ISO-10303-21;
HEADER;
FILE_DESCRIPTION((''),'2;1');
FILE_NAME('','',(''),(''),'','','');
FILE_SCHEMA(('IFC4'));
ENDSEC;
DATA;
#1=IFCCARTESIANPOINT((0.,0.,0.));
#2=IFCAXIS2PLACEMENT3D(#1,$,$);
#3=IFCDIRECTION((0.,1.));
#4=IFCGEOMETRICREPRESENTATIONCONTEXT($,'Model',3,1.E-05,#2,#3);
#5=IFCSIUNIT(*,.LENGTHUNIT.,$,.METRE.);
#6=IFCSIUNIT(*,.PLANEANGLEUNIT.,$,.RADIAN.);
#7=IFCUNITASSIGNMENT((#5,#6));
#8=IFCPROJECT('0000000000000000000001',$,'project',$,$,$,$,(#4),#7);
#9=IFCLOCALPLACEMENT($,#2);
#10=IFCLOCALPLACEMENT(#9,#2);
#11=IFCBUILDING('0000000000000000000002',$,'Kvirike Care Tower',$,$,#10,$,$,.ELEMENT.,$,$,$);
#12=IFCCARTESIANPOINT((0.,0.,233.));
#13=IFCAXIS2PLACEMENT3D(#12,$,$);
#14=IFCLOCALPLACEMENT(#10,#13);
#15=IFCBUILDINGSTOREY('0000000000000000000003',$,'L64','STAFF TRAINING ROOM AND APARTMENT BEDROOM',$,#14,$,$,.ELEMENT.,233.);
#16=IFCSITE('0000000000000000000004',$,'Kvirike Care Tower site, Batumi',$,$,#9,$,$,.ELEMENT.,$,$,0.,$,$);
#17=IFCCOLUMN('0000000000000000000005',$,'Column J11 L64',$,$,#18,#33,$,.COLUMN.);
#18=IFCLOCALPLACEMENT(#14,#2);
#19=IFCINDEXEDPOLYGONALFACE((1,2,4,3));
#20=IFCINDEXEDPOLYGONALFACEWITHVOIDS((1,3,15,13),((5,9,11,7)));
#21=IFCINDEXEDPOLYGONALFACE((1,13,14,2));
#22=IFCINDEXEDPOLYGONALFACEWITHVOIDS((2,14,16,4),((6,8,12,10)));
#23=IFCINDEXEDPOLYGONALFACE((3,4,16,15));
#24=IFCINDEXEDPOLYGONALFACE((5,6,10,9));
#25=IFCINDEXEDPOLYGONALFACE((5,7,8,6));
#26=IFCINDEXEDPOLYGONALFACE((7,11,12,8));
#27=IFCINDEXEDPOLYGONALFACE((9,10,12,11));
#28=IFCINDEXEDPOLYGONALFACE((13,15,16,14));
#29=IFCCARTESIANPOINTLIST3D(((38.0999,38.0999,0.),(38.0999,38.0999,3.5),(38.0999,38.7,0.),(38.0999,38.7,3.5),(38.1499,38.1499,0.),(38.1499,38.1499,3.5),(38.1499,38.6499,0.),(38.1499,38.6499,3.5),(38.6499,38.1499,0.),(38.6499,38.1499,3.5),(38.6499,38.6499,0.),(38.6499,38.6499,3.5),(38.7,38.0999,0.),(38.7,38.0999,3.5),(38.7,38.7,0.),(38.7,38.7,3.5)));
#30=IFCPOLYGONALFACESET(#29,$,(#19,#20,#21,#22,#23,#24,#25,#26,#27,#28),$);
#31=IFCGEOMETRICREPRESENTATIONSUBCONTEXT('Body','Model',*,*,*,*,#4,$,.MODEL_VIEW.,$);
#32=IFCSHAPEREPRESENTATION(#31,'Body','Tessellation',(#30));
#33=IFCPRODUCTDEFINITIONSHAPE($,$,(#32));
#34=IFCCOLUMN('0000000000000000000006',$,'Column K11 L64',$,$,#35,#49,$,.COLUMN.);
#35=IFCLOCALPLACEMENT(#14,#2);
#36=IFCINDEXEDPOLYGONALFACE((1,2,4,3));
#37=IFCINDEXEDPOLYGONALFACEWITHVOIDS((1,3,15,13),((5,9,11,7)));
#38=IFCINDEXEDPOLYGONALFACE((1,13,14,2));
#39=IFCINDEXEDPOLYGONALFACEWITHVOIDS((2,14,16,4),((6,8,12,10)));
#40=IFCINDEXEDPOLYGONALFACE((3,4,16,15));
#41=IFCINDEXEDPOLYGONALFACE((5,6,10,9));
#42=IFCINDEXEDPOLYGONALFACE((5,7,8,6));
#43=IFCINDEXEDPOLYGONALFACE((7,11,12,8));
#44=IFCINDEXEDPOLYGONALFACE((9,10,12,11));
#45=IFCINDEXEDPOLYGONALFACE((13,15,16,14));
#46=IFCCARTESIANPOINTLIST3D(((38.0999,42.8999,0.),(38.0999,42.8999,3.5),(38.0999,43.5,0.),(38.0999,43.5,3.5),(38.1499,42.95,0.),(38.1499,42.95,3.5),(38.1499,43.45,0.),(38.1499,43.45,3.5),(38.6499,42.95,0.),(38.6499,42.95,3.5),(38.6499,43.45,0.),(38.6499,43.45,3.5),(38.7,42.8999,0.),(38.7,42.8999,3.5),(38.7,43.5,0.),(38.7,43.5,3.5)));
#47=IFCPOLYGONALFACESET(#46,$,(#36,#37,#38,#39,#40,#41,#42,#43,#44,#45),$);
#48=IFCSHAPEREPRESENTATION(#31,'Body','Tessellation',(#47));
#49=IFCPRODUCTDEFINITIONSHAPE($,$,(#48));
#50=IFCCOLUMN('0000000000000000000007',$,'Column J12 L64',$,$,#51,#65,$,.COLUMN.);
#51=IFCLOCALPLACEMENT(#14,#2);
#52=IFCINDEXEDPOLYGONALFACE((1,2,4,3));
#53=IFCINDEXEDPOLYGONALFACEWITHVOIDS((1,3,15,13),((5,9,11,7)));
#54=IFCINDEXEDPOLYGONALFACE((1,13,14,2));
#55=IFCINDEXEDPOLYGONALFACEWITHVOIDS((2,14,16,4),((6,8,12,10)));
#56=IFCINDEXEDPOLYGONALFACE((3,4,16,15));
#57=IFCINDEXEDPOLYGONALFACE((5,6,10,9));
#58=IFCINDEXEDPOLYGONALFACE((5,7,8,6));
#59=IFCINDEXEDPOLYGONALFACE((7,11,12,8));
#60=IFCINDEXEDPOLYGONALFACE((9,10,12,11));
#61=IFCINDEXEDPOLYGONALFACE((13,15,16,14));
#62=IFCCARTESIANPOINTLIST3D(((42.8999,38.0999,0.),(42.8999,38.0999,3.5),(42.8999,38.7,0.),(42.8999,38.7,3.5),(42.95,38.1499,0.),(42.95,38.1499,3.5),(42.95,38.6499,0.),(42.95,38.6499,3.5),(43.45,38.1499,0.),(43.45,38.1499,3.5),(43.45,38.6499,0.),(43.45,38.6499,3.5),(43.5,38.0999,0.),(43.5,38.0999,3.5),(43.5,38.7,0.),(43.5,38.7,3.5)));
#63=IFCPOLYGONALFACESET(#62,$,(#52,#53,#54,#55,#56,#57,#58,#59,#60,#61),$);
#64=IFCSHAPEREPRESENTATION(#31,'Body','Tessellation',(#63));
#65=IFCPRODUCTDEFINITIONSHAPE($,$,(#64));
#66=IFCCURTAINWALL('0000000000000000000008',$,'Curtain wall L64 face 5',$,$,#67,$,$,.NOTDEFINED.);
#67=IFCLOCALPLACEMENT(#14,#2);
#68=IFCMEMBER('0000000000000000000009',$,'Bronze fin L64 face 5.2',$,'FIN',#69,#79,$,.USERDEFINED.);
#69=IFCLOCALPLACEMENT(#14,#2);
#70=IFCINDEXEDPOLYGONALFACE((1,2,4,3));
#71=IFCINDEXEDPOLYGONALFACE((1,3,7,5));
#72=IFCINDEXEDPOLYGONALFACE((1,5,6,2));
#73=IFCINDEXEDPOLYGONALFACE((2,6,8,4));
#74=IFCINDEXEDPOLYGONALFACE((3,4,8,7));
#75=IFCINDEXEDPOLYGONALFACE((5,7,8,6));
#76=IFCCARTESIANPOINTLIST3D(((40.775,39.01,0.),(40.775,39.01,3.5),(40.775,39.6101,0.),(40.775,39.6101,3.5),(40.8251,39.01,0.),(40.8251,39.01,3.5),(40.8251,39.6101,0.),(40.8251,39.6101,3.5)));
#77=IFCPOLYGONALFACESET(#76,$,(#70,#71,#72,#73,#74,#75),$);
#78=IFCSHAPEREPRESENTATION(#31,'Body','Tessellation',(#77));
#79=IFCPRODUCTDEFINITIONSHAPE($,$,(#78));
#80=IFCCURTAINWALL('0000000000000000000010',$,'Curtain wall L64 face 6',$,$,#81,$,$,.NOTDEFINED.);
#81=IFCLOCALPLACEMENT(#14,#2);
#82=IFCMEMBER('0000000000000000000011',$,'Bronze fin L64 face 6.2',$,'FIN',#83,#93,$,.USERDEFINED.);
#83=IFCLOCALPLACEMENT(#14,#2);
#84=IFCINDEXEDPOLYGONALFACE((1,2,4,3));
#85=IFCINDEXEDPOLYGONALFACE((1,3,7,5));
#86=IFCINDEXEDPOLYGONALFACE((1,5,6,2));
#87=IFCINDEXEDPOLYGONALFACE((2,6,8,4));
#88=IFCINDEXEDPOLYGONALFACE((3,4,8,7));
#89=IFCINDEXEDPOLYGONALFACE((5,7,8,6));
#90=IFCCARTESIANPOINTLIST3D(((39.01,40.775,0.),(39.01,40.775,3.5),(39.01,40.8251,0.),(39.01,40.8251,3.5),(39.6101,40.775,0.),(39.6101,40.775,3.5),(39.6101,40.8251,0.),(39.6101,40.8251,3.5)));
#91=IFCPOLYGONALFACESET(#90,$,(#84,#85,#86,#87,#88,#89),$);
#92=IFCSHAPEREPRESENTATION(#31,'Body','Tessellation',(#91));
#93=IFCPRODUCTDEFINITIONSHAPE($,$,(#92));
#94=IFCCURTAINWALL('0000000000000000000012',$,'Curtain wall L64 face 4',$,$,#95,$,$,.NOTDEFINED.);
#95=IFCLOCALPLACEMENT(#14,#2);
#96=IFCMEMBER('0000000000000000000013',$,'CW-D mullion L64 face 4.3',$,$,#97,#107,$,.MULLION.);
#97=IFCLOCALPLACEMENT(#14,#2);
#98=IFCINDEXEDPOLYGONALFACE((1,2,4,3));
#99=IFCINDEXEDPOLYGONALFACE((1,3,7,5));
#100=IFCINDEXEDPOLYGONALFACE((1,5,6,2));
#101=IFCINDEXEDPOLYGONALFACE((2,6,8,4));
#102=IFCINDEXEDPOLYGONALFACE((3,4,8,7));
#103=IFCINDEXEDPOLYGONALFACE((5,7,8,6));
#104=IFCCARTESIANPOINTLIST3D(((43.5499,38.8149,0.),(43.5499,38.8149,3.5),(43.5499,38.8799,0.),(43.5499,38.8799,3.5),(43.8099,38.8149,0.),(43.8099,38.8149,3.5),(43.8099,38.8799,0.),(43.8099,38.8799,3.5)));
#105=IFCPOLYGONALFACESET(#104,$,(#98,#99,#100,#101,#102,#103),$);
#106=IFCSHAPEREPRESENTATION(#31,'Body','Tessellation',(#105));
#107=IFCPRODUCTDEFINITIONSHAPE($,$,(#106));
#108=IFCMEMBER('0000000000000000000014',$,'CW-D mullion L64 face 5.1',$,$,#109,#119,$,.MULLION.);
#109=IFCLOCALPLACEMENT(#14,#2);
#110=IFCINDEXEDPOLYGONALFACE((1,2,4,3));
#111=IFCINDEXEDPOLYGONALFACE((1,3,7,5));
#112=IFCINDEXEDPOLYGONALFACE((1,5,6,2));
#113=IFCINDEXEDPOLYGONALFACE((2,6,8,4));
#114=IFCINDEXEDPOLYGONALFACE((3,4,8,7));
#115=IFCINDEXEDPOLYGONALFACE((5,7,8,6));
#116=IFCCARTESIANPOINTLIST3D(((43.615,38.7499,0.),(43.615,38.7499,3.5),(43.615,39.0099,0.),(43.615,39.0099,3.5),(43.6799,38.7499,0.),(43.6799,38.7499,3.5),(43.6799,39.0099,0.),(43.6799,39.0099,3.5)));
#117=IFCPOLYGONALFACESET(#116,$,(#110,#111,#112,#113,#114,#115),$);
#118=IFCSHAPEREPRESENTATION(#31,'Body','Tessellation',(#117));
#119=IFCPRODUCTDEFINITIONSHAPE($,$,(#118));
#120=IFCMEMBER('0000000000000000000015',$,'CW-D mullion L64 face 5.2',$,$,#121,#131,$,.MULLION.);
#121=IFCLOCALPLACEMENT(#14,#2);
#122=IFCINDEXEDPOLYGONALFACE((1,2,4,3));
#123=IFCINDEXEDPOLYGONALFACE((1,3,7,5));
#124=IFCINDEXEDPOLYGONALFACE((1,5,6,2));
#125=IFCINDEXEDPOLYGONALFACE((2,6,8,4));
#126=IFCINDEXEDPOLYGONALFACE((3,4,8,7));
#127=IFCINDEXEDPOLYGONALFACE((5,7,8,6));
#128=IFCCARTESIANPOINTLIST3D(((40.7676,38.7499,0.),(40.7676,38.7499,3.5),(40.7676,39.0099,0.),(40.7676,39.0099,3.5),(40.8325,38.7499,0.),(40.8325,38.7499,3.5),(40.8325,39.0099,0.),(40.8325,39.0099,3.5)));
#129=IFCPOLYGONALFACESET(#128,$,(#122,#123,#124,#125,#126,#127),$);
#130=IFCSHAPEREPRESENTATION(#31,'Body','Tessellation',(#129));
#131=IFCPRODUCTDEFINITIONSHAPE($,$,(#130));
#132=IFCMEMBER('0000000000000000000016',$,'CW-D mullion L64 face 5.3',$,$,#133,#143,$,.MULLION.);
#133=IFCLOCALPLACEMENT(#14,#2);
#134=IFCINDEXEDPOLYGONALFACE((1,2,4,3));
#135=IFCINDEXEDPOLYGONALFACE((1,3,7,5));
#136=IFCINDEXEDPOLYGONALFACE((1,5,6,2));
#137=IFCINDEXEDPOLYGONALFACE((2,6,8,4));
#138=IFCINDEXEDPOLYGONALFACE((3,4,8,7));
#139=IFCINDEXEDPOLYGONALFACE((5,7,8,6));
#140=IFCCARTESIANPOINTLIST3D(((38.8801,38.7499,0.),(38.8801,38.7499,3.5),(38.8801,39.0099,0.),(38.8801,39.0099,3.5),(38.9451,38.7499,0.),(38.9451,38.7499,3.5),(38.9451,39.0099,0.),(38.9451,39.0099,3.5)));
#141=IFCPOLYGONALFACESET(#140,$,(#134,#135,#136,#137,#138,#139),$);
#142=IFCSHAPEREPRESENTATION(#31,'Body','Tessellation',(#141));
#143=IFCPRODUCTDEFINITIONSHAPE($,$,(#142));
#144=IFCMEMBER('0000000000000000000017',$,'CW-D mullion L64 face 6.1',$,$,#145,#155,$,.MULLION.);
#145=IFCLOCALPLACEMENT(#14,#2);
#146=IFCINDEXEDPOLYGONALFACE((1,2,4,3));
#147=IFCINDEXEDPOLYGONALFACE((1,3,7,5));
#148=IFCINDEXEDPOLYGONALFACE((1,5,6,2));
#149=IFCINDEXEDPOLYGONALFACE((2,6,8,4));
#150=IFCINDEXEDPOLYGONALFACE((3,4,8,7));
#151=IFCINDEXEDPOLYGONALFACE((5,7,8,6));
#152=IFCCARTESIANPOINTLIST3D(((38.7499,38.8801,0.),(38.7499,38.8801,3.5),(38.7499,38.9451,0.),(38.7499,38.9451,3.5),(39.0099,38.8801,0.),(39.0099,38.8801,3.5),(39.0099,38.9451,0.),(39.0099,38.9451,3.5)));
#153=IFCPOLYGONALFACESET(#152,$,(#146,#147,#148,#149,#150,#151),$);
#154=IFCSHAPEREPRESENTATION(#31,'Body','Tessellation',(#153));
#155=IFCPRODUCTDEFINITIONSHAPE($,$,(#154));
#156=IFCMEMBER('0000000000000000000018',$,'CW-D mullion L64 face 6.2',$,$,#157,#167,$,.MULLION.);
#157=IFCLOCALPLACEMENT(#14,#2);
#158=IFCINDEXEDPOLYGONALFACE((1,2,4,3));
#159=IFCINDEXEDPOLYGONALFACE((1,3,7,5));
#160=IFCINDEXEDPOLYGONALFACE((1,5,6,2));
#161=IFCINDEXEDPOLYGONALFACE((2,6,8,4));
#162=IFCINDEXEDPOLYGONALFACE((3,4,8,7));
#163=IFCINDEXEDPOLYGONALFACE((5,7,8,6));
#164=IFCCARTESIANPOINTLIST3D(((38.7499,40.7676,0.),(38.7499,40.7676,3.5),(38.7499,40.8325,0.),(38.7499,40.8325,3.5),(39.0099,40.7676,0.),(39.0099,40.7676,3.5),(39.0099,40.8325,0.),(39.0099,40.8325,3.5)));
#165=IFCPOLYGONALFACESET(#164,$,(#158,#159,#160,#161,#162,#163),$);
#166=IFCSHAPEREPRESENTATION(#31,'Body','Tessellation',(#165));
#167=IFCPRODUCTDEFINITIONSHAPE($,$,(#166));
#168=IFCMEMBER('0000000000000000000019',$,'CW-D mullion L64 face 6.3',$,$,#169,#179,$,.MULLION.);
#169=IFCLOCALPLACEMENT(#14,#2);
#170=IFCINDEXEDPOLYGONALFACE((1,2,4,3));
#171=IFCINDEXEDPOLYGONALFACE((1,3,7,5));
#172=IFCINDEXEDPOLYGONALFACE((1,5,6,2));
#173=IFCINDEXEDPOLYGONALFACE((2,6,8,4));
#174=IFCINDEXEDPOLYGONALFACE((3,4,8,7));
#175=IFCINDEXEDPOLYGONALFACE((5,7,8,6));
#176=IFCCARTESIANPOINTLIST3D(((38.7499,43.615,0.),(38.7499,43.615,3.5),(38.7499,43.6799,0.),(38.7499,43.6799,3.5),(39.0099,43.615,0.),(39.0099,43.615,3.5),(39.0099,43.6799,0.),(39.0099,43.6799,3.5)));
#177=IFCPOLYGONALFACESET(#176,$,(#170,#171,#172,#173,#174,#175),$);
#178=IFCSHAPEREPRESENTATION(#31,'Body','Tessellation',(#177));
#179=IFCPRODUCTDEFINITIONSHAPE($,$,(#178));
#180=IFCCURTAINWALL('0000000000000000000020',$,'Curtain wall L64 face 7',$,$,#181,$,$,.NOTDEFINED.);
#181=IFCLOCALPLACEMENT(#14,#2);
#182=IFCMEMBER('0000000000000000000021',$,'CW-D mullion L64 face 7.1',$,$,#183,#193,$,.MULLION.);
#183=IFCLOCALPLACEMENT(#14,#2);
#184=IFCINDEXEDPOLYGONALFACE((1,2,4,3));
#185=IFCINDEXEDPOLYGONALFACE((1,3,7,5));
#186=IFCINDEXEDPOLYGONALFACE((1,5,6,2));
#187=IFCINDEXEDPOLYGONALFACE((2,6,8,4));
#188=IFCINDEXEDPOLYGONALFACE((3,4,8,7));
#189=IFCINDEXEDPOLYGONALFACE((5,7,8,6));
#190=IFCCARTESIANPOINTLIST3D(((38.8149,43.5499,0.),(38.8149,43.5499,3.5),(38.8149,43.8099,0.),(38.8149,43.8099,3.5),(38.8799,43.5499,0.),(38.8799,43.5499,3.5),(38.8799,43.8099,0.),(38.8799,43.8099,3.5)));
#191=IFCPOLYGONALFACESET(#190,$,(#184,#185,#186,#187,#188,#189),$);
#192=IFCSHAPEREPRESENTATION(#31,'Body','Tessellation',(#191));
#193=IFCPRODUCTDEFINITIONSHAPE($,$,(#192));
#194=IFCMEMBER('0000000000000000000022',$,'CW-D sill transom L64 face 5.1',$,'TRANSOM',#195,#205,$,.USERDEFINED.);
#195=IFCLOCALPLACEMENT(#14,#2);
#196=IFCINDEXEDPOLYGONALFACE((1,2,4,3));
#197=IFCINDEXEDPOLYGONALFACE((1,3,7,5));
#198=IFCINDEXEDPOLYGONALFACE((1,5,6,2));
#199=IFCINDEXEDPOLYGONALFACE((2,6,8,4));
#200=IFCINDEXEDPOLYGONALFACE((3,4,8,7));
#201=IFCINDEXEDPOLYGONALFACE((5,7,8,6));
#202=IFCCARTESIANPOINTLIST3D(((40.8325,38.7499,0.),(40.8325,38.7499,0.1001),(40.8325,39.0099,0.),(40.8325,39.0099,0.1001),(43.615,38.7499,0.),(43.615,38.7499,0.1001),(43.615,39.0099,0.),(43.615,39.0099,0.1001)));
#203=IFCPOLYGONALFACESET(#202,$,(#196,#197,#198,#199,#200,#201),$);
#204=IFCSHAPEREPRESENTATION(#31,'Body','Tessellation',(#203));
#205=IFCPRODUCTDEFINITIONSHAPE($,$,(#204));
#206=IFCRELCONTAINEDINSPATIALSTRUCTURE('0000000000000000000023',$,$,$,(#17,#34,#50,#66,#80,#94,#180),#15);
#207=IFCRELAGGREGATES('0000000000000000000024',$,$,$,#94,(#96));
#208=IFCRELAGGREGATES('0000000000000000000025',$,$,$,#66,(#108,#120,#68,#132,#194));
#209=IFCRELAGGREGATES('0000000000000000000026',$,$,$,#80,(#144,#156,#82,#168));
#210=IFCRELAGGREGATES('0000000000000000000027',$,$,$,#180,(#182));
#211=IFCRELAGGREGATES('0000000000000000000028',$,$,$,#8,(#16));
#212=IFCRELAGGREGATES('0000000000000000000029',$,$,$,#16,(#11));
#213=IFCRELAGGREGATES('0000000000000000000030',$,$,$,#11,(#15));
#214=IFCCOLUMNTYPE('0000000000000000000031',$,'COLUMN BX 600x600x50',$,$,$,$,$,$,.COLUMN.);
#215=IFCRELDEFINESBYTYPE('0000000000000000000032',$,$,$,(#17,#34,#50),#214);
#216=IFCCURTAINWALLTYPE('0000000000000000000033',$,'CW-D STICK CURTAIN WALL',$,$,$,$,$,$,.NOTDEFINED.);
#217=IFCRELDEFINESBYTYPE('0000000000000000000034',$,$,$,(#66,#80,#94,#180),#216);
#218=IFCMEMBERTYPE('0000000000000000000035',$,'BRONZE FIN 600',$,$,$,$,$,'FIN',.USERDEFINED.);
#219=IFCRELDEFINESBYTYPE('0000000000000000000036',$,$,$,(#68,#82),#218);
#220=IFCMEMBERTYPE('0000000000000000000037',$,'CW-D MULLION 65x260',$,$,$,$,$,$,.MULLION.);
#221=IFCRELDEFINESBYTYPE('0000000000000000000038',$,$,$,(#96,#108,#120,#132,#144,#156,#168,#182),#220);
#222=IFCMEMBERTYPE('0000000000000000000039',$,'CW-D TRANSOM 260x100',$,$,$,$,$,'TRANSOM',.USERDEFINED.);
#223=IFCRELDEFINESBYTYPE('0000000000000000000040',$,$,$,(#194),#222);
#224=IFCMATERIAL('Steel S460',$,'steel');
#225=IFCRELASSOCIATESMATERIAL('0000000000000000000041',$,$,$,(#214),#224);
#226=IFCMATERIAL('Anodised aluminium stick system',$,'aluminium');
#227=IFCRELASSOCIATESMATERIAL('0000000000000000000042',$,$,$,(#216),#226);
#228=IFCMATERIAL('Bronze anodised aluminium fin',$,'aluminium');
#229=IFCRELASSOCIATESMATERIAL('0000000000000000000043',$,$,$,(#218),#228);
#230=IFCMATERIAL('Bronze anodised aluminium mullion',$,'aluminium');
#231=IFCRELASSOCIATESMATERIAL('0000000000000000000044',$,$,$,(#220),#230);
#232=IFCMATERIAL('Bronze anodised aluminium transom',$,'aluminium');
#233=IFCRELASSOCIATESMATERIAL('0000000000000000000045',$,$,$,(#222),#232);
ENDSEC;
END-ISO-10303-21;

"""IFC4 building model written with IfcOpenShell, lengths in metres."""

from ifc_helpers import new_model, si_unit, direction, frame, origin, origin_2d, place, context, subcontext, project, spatial, rectangle, hollow_rectangle, extrude, material, material_profile, profile_set, type_object, element, aggregate, save


model = new_model("IFC4")

# Units and contexts
model_context = context("Model", 3, precision=1e-05, world=origin(), true_north=direction((0.0, 1.0)))
body_context = subcontext(model_context, "Body", "Model", "MODEL_VIEW")
ifc_project = project(units=[si_unit("LENGTHUNIT", "METRE"), si_unit("PLANEANGLEUNIT", "RADIAN")], contexts=[model_context])

# Site, building, storey
site_placement = place(None, origin())
site = spatial("IfcSite", under=ifc_project, at=site_placement, Name="Kvirike Care Tower site, Batumi", CompositionType="ELEMENT", RefElevation=0.0)
building_placement = place(site_placement, origin())
building = spatial("IfcBuilding", under=site, at=building_placement, Name="Kvirike Care Tower", CompositionType="ELEMENT")
storey_placement = place(building_placement, frame((0.0, 0.0, 233.0)))
storey = spatial("IfcBuildingStorey", under=building, at=storey_placement, Name="L64", Description="STAFF TRAINING ROOM AND APARTMENT BEDROOM", CompositionType="ELEMENT", Elevation=233.0)

# Columns
ifc_material_1 = material(Name="Steel S460", Category="steel")
ifc_material_profile_1 = material_profile(ifc_material_1, hollow_rectangle(XDim=0.6001, YDim=0.6001, WallThickness=0.05, at=origin_2d()), Name="BX 600x600x50")
ifc_profile_set_1 = profile_set([ifc_material_profile_1], Name="Steel S460")
column_type = type_object("IfcColumnType", Name="COLUMN BX 600x600x50", PredefinedType="COLUMN", material=ifc_profile_set_1)
for number, where, z_axis, x_axis, name in (
    (1, (38.3999, 38.3999, 0.0), (0.0, 0.0, 1.0), (0.0, 1.0, 0.0), "Column J11 L64"),
    (2, (38.3999, 43.2, 0.0), (0.0, 0.0, 1.0), (0.0, 1.0, 0.0), "Column K11 L64"),
    (3, (43.2, 38.3999, 0.0), (0.0, 0.0, 1.0), (0.0, 1.0, 0.0), "Column J12 L64"),
):
    element("IfcColumn", number, at=place(storey_placement, frame(where, z_axis=z_axis, x_axis=x_axis)), inside=storey, type_object=column_type, Name=name, PredefinedType="COLUMN", context=body_context, shape_type="SweptSolid", body=[
        extrude(hollow_rectangle(XDim=0.6001, YDim=0.6001, WallThickness=0.05, at=origin_2d()), origin(), (0.0, 0.0, 1.0), 3.5),
    ])

# Curtain walls, members
ifc_material_2 = material(Name="Anodised aluminium stick system", Category="aluminium")
curtain_wall_type = type_object("IfcCurtainWallType", Name="CW-D STICK CURTAIN WALL", PredefinedType="NOTDEFINED", material=ifc_material_2)
curtain_wall_1_placement = place(storey_placement, origin())
curtain_wall_1 = element("IfcCurtainWall", 4, at=curtain_wall_1_placement, inside=storey, type_object=curtain_wall_type, Name="Curtain wall L64 face 5", PredefinedType="NOTDEFINED")
ifc_material_3 = material(Name="Bronze anodised aluminium fin", Category="aluminium")
ifc_material_profile_2 = material_profile(ifc_material_3, rectangle(XDim=0.05, YDim=0.6001, at=origin_2d()), Name="BRONZE FIN 600")
ifc_profile_set_2 = profile_set([ifc_material_profile_2], Name="Bronze anodised aluminium fin")
member_type_1 = type_object("IfcMemberType", Name="BRONZE FIN 600", ElementType="FIN", PredefinedType="USERDEFINED", material=ifc_profile_set_2)
member_1_placement = place(storey_placement, frame((40.8, 39.3101, 0.0), z_axis=(0.0, 0.0, 1.0), x_axis=(-1.0, 0.0, 0.0)))
member_1 = element("IfcMember", 5, at=member_1_placement, type_object=member_type_1, Name="Bronze fin L64 face 5.2", ObjectType="FIN", PredefinedType="USERDEFINED", context=body_context, shape_type="SweptSolid", body=[
    extrude(rectangle(XDim=0.05, YDim=0.6001, at=origin_2d()), origin(), (0.0, 0.0, 1.0), 3.5),
])
curtain_wall_2_placement = place(storey_placement, origin())
curtain_wall_2 = element("IfcCurtainWall", 6, at=curtain_wall_2_placement, inside=storey, type_object=curtain_wall_type, Name="Curtain wall L64 face 6", PredefinedType="NOTDEFINED")
member_2_placement = place(storey_placement, frame((39.3101, 40.8, 0.0), z_axis=(0.0, 0.0, 1.0), x_axis=(0.0, 1.0, 0.0)))
member_2 = element("IfcMember", 7, at=member_2_placement, type_object=member_type_1, Name="Bronze fin L64 face 6.2", ObjectType="FIN", PredefinedType="USERDEFINED", context=body_context, shape_type="SweptSolid", body=[
    extrude(rectangle(XDim=0.05, YDim=0.6001, at=origin_2d()), origin(), (0.0, 0.0, 1.0), 3.5),
])
curtain_wall_3_placement = place(storey_placement, origin())
curtain_wall_3 = element("IfcCurtainWall", 8, at=curtain_wall_3_placement, inside=storey, type_object=curtain_wall_type, Name="Curtain wall L64 face 4", PredefinedType="NOTDEFINED")
ifc_material_4 = material(Name="Bronze anodised aluminium mullion", Category="aluminium")
ifc_material_profile_3 = material_profile(ifc_material_4, rectangle(XDim=0.0649, YDim=0.26, at=origin_2d()), Name="CW-D MULLION 65x260")
ifc_profile_set_3 = profile_set([ifc_material_profile_3], Name="Bronze anodised aluminium mullion")
member_type_2 = type_object("IfcMemberType", Name="CW-D MULLION 65x260", PredefinedType="MULLION", material=ifc_profile_set_3)
member_3_placement = place(storey_placement, frame((43.6799, 38.8474, 0.0), z_axis=(0.0, 0.0, 1.0), x_axis=(0.0, 1.0, 0.0)))
member_3 = element("IfcMember", 9, at=member_3_placement, type_object=member_type_2, Name="CW-D mullion L64 face 4.3", PredefinedType="MULLION", context=body_context, shape_type="SweptSolid", body=[
    extrude(rectangle(XDim=0.0649, YDim=0.26, at=origin_2d()), origin(), (0.0, 0.0, 1.0), 3.5),
])
aggregate(curtain_wall_3, [member_3])

# Members
member_4_placement = place(storey_placement, frame((43.6475, 38.8799, 0.0), z_axis=(0.0, 0.0, 1.0), x_axis=(-1.0, 0.0, 0.0)))
member_4 = element("IfcMember", 10, at=member_4_placement, type_object=member_type_2, Name="CW-D mullion L64 face 5.1", PredefinedType="MULLION", context=body_context, shape_type="SweptSolid", body=[
    extrude(rectangle(XDim=0.0649, YDim=0.26, at=origin_2d()), origin(), (0.0, 0.0, 1.0), 3.5),
])
member_5_placement = place(storey_placement, frame((40.8, 38.8799, 0.0), z_axis=(0.0, 0.0, 1.0), x_axis=(-1.0, 0.0, 0.0)))
member_5 = element("IfcMember", 11, at=member_5_placement, type_object=member_type_2, Name="CW-D mullion L64 face 5.2", PredefinedType="MULLION", context=body_context, shape_type="SweptSolid", body=[
    extrude(rectangle(XDim=0.0649, YDim=0.26, at=origin_2d()), origin(), (0.0, 0.0, 1.0), 3.5),
])
member_6_placement = place(storey_placement, frame((38.9126, 38.8799, 0.0), z_axis=(0.0, 0.0, 1.0), x_axis=(-1.0, 0.0, 0.0)))
member_6 = element("IfcMember", 12, at=member_6_placement, type_object=member_type_2, Name="CW-D mullion L64 face 5.3", PredefinedType="MULLION", context=body_context, shape_type="SweptSolid", body=[
    extrude(rectangle(XDim=0.0649, YDim=0.26, at=origin_2d()), origin(), (0.0, 0.0, 1.0), 3.5),
])
member_7_placement = place(storey_placement, frame((38.8799, 38.9126, 0.0), z_axis=(0.0, 0.0, 1.0), x_axis=(0.0, 1.0, 0.0)))
member_7 = element("IfcMember", 13, at=member_7_placement, type_object=member_type_2, Name="CW-D mullion L64 face 6.1", PredefinedType="MULLION", context=body_context, shape_type="SweptSolid", body=[
    extrude(rectangle(XDim=0.0649, YDim=0.26, at=origin_2d()), origin(), (0.0, 0.0, 1.0), 3.5),
])
member_8_placement = place(storey_placement, frame((38.8799, 40.8, 0.0), z_axis=(0.0, 0.0, 1.0), x_axis=(0.0, 1.0, 0.0)))
member_8 = element("IfcMember", 14, at=member_8_placement, type_object=member_type_2, Name="CW-D mullion L64 face 6.2", PredefinedType="MULLION", context=body_context, shape_type="SweptSolid", body=[
    extrude(rectangle(XDim=0.0649, YDim=0.26, at=origin_2d()), origin(), (0.0, 0.0, 1.0), 3.5),
])
member_9_placement = place(storey_placement, frame((38.8799, 43.6475, 0.0), z_axis=(0.0, 0.0, 1.0), x_axis=(0.0, 1.0, 0.0)))
member_9 = element("IfcMember", 15, at=member_9_placement, type_object=member_type_2, Name="CW-D mullion L64 face 6.3", PredefinedType="MULLION", context=body_context, shape_type="SweptSolid", body=[
    extrude(rectangle(XDim=0.0649, YDim=0.26, at=origin_2d()), origin(), (0.0, 0.0, 1.0), 3.5),
])

# Curtain wall, member
curtain_wall_4_placement = place(storey_placement, origin())
curtain_wall_4 = element("IfcCurtainWall", 16, at=curtain_wall_4_placement, inside=storey, type_object=curtain_wall_type, Name="Curtain wall L64 face 7", PredefinedType="NOTDEFINED")
member_10_placement = place(storey_placement, frame((38.8474, 43.6799, 0.0), z_axis=(0.0, 0.0, 1.0), x_axis=(-1.0, 0.0, 0.0)))
member_10 = element("IfcMember", 17, at=member_10_placement, type_object=member_type_2, Name="CW-D mullion L64 face 7.1", PredefinedType="MULLION", context=body_context, shape_type="SweptSolid", body=[
    extrude(rectangle(XDim=0.0649, YDim=0.26, at=origin_2d()), origin(), (0.0, 0.0, 1.0), 3.5),
])

# Member
ifc_material_5 = material(Name="Bronze anodised aluminium transom", Category="aluminium")
ifc_material_profile_4 = material_profile(ifc_material_5, rectangle(XDim=0.26, YDim=0.1001, at=origin_2d()), Name="CW-D TRANSOM 260x100")
ifc_profile_set_4 = profile_set([ifc_material_profile_4], Name="Bronze anodised aluminium transom")
member_type_3 = type_object("IfcMemberType", Name="CW-D TRANSOM 260x100", ElementType="TRANSOM", PredefinedType="USERDEFINED", material=ifc_profile_set_4)
member_11_placement = place(storey_placement, frame((43.615, 38.8799, 0.05), z_axis=(-1.0, 0.0, 0.0), x_axis=(0.0, -1.0, 0.0)))
member_11 = element("IfcMember", 18, at=member_11_placement, type_object=member_type_3, Name="CW-D sill transom L64 face 5.1", ObjectType="TRANSOM", PredefinedType="USERDEFINED", context=body_context, shape_type="SweptSolid", body=[
    extrude(rectangle(XDim=0.26, YDim=0.1001, at=origin_2d()), origin(), (0.0, 0.0, 1.0), 2.7825),
])

aggregate(curtain_wall_1, [member_4, member_5, member_1, member_6, member_11])
aggregate(curtain_wall_2, [member_7, member_8, member_2, member_9])
aggregate(curtain_wall_4, [member_10])

save(model, "model.ifc")
